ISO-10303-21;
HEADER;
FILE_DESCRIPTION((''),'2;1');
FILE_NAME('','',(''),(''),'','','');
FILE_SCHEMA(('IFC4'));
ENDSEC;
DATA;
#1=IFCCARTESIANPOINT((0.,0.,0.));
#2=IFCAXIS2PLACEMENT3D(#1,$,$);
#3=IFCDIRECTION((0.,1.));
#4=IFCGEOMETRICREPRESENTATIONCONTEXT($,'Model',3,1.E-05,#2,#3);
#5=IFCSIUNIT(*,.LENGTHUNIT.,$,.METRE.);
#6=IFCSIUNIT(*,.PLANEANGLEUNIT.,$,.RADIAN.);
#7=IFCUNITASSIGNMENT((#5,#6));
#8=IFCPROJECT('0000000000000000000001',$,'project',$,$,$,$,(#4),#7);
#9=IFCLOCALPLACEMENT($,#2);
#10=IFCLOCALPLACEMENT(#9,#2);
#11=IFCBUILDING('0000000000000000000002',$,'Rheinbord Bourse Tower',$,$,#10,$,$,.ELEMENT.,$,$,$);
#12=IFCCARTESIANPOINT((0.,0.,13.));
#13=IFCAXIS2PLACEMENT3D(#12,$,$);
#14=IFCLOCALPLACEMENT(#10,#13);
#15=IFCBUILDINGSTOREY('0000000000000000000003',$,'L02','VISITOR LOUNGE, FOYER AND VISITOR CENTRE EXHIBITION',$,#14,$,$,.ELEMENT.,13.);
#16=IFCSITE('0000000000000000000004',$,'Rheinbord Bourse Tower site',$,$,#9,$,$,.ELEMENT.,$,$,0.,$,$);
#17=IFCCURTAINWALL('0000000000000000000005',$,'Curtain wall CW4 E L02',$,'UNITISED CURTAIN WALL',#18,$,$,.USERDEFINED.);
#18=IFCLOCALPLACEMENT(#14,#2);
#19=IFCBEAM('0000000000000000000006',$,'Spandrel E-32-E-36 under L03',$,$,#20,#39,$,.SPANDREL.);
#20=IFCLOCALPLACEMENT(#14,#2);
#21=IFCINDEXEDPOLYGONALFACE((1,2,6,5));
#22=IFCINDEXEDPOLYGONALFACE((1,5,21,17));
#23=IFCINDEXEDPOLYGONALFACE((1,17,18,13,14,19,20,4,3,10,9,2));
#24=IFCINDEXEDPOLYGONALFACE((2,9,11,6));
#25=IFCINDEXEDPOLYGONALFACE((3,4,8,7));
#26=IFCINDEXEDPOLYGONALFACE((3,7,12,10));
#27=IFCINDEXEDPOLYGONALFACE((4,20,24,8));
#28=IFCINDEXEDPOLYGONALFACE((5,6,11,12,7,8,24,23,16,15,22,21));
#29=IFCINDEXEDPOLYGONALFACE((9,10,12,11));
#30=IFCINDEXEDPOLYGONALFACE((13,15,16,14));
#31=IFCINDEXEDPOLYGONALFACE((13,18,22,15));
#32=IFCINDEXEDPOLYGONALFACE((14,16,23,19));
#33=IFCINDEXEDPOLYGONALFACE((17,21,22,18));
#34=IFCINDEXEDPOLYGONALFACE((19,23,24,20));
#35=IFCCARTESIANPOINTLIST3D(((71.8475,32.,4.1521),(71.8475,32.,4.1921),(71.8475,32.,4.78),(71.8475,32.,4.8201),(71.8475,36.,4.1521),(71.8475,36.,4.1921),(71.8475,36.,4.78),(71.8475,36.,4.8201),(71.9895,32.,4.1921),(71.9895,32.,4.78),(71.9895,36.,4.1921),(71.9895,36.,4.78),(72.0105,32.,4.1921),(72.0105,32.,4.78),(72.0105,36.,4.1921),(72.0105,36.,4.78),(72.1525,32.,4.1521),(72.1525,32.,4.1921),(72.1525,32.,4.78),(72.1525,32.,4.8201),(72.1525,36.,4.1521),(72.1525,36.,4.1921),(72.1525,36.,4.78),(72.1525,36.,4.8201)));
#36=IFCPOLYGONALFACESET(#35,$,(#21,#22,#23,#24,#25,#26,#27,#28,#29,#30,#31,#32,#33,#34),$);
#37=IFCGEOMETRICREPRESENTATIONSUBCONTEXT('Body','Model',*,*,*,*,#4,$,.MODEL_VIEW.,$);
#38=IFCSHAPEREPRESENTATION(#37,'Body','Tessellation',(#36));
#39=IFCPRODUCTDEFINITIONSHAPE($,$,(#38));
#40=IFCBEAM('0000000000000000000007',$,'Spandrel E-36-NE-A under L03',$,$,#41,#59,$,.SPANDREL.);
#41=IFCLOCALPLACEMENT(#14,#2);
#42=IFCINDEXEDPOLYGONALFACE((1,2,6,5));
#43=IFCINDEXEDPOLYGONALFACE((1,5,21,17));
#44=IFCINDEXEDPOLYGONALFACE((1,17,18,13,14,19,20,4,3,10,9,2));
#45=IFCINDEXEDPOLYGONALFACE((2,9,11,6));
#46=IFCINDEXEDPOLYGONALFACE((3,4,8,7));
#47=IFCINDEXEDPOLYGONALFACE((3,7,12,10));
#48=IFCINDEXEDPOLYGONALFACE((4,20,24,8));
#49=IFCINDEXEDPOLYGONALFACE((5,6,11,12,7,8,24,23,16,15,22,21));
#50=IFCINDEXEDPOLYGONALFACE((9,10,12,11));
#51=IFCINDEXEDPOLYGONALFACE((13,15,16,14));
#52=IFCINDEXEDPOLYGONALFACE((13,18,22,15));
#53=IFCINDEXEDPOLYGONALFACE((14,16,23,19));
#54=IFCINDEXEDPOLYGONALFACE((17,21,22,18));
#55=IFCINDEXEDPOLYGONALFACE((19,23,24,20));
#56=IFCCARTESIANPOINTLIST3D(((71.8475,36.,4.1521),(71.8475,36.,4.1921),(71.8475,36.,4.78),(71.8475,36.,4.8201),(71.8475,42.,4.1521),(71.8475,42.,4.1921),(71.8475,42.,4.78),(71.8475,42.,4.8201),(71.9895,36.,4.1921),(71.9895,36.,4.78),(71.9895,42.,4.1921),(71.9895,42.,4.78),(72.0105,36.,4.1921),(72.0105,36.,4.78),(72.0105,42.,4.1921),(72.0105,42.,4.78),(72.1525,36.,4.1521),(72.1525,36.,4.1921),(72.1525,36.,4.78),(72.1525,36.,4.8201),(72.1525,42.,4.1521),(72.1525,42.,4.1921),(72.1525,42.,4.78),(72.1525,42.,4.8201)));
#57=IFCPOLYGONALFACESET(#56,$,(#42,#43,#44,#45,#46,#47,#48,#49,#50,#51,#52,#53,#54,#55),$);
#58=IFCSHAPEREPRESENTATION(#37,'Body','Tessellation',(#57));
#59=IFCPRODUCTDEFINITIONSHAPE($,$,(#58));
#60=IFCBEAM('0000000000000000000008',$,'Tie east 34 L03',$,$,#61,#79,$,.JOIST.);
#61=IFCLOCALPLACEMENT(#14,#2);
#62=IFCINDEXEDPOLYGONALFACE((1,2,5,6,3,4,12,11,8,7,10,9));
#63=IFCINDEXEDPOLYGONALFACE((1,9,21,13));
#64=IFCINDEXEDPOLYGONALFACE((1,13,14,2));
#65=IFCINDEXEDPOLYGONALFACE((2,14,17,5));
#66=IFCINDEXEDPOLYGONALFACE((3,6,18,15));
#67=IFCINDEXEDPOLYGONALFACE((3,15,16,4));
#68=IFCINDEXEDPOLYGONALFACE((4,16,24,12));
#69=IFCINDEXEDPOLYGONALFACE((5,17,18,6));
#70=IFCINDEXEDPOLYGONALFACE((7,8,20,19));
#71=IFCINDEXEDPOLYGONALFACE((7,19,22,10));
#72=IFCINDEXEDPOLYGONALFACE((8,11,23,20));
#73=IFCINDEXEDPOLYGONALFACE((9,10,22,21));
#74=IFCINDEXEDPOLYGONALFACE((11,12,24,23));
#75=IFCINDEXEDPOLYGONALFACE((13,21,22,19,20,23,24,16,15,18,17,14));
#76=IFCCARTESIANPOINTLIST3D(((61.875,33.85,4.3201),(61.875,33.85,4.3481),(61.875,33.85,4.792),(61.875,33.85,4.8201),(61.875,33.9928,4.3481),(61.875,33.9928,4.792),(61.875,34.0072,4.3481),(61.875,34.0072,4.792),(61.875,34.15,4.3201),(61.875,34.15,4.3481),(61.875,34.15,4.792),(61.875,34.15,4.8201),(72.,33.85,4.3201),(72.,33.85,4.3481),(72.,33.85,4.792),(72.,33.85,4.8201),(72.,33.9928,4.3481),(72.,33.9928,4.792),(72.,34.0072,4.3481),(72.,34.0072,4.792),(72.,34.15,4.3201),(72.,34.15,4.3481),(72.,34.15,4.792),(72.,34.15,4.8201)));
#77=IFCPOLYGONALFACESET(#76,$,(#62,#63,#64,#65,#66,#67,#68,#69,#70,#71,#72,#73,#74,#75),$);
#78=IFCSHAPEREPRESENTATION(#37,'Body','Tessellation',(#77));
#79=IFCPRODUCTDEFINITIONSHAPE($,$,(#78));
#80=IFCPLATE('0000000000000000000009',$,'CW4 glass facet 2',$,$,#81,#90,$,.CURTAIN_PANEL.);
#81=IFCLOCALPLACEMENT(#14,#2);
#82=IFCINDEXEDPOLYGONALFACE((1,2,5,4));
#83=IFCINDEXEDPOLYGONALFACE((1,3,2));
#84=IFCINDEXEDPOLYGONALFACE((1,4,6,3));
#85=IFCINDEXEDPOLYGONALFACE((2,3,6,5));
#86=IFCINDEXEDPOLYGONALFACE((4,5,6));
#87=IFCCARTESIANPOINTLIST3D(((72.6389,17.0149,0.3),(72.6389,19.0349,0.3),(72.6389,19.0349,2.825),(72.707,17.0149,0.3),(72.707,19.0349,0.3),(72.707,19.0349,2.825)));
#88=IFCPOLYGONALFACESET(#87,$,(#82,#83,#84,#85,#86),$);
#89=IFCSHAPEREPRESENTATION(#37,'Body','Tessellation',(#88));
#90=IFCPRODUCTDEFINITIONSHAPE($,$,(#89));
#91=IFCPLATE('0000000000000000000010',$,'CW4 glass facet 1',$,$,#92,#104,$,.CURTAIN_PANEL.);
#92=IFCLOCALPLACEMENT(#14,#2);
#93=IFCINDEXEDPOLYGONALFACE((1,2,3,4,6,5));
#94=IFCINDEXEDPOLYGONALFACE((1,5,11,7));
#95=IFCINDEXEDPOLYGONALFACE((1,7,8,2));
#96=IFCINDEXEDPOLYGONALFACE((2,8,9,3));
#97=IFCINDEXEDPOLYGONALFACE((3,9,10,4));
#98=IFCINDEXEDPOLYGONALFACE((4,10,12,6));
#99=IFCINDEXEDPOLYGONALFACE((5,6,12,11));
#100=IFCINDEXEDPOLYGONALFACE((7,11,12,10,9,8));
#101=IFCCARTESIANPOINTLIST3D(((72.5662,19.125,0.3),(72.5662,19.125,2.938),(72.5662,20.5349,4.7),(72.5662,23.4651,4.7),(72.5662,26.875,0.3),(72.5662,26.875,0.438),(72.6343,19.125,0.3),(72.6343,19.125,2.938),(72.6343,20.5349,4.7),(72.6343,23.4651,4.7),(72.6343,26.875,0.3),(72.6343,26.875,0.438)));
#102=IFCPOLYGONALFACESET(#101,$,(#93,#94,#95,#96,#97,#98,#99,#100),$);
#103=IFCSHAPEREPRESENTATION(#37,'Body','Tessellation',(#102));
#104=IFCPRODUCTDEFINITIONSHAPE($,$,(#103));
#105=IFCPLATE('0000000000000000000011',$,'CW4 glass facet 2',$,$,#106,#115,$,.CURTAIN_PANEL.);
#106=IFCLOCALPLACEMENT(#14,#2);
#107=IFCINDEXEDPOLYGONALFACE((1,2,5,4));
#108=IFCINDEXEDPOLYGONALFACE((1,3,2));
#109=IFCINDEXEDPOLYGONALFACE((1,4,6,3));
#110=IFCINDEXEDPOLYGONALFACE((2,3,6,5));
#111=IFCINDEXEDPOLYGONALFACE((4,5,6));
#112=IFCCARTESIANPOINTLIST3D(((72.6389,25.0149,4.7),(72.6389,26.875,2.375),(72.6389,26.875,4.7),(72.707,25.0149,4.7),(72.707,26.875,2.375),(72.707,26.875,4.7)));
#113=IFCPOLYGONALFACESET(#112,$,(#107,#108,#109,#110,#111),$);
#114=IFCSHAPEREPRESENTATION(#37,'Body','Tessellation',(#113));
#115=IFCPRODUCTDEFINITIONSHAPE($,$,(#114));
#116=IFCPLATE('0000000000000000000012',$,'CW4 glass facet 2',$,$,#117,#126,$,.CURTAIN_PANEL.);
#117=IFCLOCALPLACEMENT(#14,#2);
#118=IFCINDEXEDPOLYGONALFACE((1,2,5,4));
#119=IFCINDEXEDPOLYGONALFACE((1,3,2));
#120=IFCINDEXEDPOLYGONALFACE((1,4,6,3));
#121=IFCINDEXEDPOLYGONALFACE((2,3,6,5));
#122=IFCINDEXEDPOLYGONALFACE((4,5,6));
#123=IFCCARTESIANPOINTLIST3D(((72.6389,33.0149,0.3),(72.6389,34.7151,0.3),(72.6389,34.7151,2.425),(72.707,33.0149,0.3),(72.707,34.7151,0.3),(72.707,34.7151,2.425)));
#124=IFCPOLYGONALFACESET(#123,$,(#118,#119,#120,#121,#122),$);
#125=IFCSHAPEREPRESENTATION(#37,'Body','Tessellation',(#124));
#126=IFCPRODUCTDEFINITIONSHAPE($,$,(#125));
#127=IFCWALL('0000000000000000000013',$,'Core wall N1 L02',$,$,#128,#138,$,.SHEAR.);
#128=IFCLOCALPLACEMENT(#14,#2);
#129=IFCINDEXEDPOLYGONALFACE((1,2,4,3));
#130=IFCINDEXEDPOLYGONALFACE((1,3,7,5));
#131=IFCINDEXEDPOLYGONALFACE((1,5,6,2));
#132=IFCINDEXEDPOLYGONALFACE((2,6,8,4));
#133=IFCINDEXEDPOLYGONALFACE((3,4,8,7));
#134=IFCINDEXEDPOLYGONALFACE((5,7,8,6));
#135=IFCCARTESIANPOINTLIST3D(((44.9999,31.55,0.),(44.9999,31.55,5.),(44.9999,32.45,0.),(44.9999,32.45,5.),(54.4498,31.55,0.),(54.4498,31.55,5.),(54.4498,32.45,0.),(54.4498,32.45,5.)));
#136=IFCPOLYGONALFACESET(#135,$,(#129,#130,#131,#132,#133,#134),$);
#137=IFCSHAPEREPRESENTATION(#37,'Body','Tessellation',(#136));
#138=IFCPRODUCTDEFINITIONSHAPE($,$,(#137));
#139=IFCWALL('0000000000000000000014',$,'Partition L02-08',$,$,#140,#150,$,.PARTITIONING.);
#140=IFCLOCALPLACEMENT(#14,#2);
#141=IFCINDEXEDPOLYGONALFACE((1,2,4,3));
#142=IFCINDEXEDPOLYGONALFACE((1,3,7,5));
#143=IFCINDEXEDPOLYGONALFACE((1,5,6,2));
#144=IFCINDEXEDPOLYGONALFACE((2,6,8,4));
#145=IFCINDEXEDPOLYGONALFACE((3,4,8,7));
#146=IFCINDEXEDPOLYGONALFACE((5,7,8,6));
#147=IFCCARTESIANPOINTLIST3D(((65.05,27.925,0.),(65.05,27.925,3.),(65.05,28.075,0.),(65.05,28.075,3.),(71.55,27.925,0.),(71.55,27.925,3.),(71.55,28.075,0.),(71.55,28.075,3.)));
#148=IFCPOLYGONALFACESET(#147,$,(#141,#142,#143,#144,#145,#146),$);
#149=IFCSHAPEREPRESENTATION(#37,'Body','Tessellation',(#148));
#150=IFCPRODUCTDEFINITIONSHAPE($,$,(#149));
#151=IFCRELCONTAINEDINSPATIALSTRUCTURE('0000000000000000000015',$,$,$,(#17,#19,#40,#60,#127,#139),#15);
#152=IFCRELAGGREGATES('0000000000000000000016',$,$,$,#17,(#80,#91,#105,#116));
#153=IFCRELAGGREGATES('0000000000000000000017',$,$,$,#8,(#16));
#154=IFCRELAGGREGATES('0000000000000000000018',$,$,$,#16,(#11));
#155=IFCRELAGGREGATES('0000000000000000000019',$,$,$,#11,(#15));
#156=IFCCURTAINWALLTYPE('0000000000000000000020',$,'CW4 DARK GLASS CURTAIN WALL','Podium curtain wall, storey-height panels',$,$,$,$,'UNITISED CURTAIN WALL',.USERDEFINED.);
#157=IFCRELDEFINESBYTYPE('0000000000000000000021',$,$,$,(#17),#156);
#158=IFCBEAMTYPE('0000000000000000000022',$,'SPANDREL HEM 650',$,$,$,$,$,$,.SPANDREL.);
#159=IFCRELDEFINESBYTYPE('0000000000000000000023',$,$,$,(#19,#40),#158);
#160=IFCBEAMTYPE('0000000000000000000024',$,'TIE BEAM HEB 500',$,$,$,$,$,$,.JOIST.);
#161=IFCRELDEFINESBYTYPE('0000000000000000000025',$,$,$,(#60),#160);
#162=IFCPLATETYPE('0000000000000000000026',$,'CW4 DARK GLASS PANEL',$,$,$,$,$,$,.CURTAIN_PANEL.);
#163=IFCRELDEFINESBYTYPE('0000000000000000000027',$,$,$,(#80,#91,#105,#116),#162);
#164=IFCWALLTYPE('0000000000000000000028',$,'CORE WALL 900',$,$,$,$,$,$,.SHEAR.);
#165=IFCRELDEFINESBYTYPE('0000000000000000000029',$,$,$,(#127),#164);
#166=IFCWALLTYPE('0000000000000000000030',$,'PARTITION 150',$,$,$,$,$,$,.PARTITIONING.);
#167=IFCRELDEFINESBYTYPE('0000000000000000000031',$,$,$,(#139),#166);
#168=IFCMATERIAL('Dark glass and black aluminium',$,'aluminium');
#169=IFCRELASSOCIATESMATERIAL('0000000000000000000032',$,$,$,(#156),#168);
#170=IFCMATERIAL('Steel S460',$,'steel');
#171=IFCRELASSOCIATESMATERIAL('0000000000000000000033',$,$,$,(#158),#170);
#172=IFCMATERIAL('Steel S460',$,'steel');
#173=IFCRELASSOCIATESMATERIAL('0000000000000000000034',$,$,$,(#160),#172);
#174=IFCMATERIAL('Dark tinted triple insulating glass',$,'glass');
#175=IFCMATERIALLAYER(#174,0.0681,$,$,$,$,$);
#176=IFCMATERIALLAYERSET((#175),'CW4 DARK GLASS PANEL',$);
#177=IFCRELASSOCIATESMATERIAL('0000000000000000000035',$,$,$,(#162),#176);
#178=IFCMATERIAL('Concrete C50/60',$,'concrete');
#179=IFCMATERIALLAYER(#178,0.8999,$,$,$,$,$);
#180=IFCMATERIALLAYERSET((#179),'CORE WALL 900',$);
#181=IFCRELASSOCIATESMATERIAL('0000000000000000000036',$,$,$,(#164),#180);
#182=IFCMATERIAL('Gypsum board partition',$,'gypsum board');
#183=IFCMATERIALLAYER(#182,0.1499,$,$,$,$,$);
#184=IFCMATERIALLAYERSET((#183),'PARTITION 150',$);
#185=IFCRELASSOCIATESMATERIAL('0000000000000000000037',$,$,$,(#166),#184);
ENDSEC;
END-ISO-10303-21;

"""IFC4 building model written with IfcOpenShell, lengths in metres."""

from ifc_helpers import new_model, si_unit, direction, frame, frame_2d, origin, origin_2d, place, context, subcontext, project, spatial, polyline, rectangle, i_section, outline, extrude, material, layer, layer_set, material_profile, profile_set, type_object, element, aggregate, save


model = new_model("IFC4")

# Units and contexts
model_context = context("Model", 3, precision=1e-05, world=origin(), true_north=direction((0.0, 1.0)))
body_context = subcontext(model_context, "Body", "Model", "MODEL_VIEW")
ifc_project = project(units=[si_unit("LENGTHUNIT", "METRE"), si_unit("PLANEANGLEUNIT", "RADIAN")], contexts=[model_context])

# Site, building, storey
site_placement = place(None, origin())
site = spatial("IfcSite", under=ifc_project, at=site_placement, Name="Rheinbord Bourse Tower site", CompositionType="ELEMENT", RefElevation=0.0)
building_placement = place(site_placement, origin())
building = spatial("IfcBuilding", under=site, at=building_placement, Name="Rheinbord Bourse Tower", CompositionType="ELEMENT")
storey_placement = place(building_placement, frame((0.0, 0.0, 13.0)))
storey = spatial("IfcBuildingStorey", under=building, at=storey_placement, Name="L02", Description="VISITOR LOUNGE, FOYER AND VISITOR CENTRE EXHIBITION", CompositionType="ELEMENT", Elevation=13.0)

# Curtain wall
ifc_material_1 = material(Name="Dark glass and black aluminium", Category="aluminium")
curtain_wall_type = type_object("IfcCurtainWallType", Name="CW4 DARK GLASS CURTAIN WALL", Description="Podium curtain wall, storey-height panels", ElementType="UNITISED CURTAIN WALL", PredefinedType="USERDEFINED", material=ifc_material_1)
curtain_wall_placement = place(storey_placement, origin())
curtain_wall = element("IfcCurtainWall", 1, at=curtain_wall_placement, inside=storey, type_object=curtain_wall_type, Name="Curtain wall CW4 E L02", ObjectType="UNITISED CURTAIN WALL", PredefinedType="USERDEFINED")

# Beams
ifc_material_2 = material(Name="Steel S460", Category="steel")
ifc_material_profile_1 = material_profile(ifc_material_2, i_section(OverallWidth=0.3049, OverallDepth=0.668, WebThickness=0.021, FlangeThickness=0.04, at=origin_2d()), Name="HEM 650")
ifc_profile_set_1 = profile_set([ifc_material_profile_1], Name="Steel S460")
beam_type_1 = type_object("IfcBeamType", Name="SPANDREL HEM 650", PredefinedType="SPANDREL", material=ifc_profile_set_1)
for number, where, z_axis, x_axis, name in (
    (2, (72.0, 32.0, 4.4861), (0.0, 1.0, 0.0), (-1.0, 0.0, 0.0), "Spandrel E-32-E-36 under L03"),
):
    element("IfcBeam", number, at=place(storey_placement, frame(where, z_axis=z_axis, x_axis=x_axis)), inside=storey, type_object=beam_type_1, Name=name, PredefinedType="SPANDREL", context=body_context, shape_type="SweptSolid", body=[
        extrude(i_section(OverallWidth=0.3049, OverallDepth=0.668, WebThickness=0.021, FlangeThickness=0.04, at=origin_2d()), origin(), (0.0, 0.0, 1.0), 4.0),
    ])
beam_1_placement = place(storey_placement, frame((72.0, 36.0, 4.4861), z_axis=(0.0, 1.0, 0.0), x_axis=(-1.0, 0.0, 0.0)))
element("IfcBeam", 3, at=beam_1_placement, inside=storey, type_object=beam_type_1, Name="Spandrel E-36-NE-A under L03", PredefinedType="SPANDREL", context=body_context, shape_type="SweptSolid", body=[
    extrude(i_section(OverallWidth=0.3049, OverallDepth=0.668, WebThickness=0.021, FlangeThickness=0.04, at=origin_2d()), origin(), (0.0, 0.0, 1.0), 6.0),
])
ifc_material_3 = material(Name="Steel S460", Category="steel")
ifc_material_profile_2 = material_profile(ifc_material_3, i_section(OverallWidth=0.3, OverallDepth=0.5, WebThickness=0.0144, FlangeThickness=0.0281, at=origin_2d()), Name="HEB 500")
ifc_profile_set_2 = profile_set([ifc_material_profile_2], Name="Steel S460")
beam_type_2 = type_object("IfcBeamType", Name="TIE BEAM HEB 500", PredefinedType="JOIST", material=ifc_profile_set_2)
beam_2_placement = place(storey_placement, frame((61.875, 34.0, 4.5701), z_axis=(1.0, 0.0, 0.0), x_axis=(0.0, 1.0, 0.0)))
element("IfcBeam", 4, at=beam_2_placement, inside=storey, type_object=beam_type_2, Name="Tie east 34 L03", PredefinedType="JOIST", context=body_context, shape_type="SweptSolid", body=[
    extrude(i_section(OverallWidth=0.3, OverallDepth=0.5, WebThickness=0.0144, FlangeThickness=0.0281, at=origin_2d()), origin(), (0.0, 0.0, 1.0), 10.125),
])

# Plates
ifc_material_4 = material(Name="Dark tinted triple insulating glass", Category="glass")
ifc_layer_1 = layer(ifc_material_4, 0.0681)
ifc_layer_set_1 = layer_set([ifc_layer_1], Name="CW4 DARK GLASS PANEL")
plate_type = type_object("IfcPlateType", Name="CW4 DARK GLASS PANEL", PredefinedType="CURTAIN_PANEL", material=ifc_layer_set_1)
plate_1_placement = place(storey_placement, frame((72.707, 19.0349, 0.3), z_axis=(-1.0, 0.0, 0.0), x_axis=(0.0, -1.0, 0.0)))
plate_1 = element("IfcPlate", 5, at=plate_1_placement, type_object=plate_type, Name="CW4 glass facet 2", PredefinedType="CURTAIN_PANEL", context=body_context, shape_type="SweptSolid", body=[
    extrude(outline(polyline([(0.0, 0.0), (2.02, 0.0), (0.0, 2.5249), (0.0, 0.0)])), origin(), (0.0, 0.0, 1.0), 0.0681),
])
plate_2_placement = place(storey_placement, frame((72.6343, 26.875, 0.3), z_axis=(-1.0, 0.0, 0.0), x_axis=(0.0, -1.0, 0.0)))
plate_2 = element("IfcPlate", 6, at=plate_2_placement, type_object=plate_type, Name="CW4 glass facet 1", PredefinedType="CURTAIN_PANEL", context=body_context, shape_type="SweptSolid", body=[
    extrude(outline(polyline([(0.0, 0.0), (7.75, 0.0), (7.75, 2.6379), (6.3401, 4.3999), (3.4099, 4.3999), (0.0, 0.1379), (0.0, 0.0)])), origin(), (0.0, 0.0, 1.0), 0.0681),
])
plate_3_placement = place(storey_placement, frame((72.707, 26.875, 4.7), z_axis=(-1.0, 0.0, 0.0), x_axis=(0.0, 0.0, -1.0)))
plate_3 = element("IfcPlate", 7, at=plate_3_placement, type_object=plate_type, Name="CW4 glass facet 2", PredefinedType="CURTAIN_PANEL", context=body_context, shape_type="SweptSolid", body=[
    extrude(outline(polyline([(0.0, 0.0), (2.325, 0.0), (0.0, 1.8601), (0.0, 0.0)])), origin(), (0.0, 0.0, 1.0), 0.0681),
])
plate_4_placement = place(storey_placement, frame((72.707, 34.7151, 0.3), z_axis=(-1.0, 0.0, 0.0), x_axis=(0.0, -1.0, 0.0)))
plate_4 = element("IfcPlate", 8, at=plate_4_placement, type_object=plate_type, Name="CW4 glass facet 2", PredefinedType="CURTAIN_PANEL", context=body_context, shape_type="SweptSolid", body=[
    extrude(outline(polyline([(0.0, 0.0), (1.7002, 0.0), (0.0, 2.125), (0.0, 0.0)])), origin(), (0.0, 0.0, 1.0), 0.0681),
])
aggregate(curtain_wall, [plate_1, plate_2, plate_3, plate_4])

# Walls
ifc_material_5 = material(Name="Concrete C50/60", Category="concrete")
ifc_layer_2 = layer(ifc_material_5, 0.8999)
ifc_layer_set_2 = layer_set([ifc_layer_2], Name="CORE WALL 900")
wall_type_1 = type_object("IfcWallType", Name="CORE WALL 900", PredefinedType="SHEAR", material=ifc_layer_set_2)
wall_1_placement = place(storey_placement, frame((54.45, 32.0, 0.0), z_axis=(0.0, 0.0, 1.0), x_axis=(-1.0, 0.0, 0.0)))
element("IfcWall", 9, at=wall_1_placement, inside=storey, type_object=wall_type_1, Name="Core wall N1 L02", PredefinedType="SHEAR", context=body_context, shape_type="SweptSolid", body=[
    extrude(rectangle(XDim=9.45, YDim=0.8999, at=frame_2d((4.7251, 0.0))), origin(), (0.0, 0.0, 1.0), 5.0),
])
ifc_material_6 = material(Name="Gypsum board partition", Category="gypsum board")
ifc_layer_3 = layer(ifc_material_6, 0.1499)
ifc_layer_set_3 = layer_set([ifc_layer_3], Name="PARTITION 150")
wall_type_2 = type_object("IfcWallType", Name="PARTITION 150", PredefinedType="PARTITIONING", material=ifc_layer_set_3)
wall_2_placement = place(storey_placement, frame((65.05, 28.0, 0.0), z_axis=(0.0, 0.0, 1.0), x_axis=(1.0, 0.0, 0.0)))
element("IfcWall", 10, at=wall_2_placement, inside=storey, type_object=wall_type_2, Name="Partition L02-08", PredefinedType="PARTITIONING", context=body_context, shape_type="SweptSolid", body=[
    extrude(rectangle(XDim=6.5, YDim=0.1499, at=frame_2d((3.25, 0.0))), origin(), (0.0, 0.0, 1.0), 3.0),
])

save(model, "model.ifc")
